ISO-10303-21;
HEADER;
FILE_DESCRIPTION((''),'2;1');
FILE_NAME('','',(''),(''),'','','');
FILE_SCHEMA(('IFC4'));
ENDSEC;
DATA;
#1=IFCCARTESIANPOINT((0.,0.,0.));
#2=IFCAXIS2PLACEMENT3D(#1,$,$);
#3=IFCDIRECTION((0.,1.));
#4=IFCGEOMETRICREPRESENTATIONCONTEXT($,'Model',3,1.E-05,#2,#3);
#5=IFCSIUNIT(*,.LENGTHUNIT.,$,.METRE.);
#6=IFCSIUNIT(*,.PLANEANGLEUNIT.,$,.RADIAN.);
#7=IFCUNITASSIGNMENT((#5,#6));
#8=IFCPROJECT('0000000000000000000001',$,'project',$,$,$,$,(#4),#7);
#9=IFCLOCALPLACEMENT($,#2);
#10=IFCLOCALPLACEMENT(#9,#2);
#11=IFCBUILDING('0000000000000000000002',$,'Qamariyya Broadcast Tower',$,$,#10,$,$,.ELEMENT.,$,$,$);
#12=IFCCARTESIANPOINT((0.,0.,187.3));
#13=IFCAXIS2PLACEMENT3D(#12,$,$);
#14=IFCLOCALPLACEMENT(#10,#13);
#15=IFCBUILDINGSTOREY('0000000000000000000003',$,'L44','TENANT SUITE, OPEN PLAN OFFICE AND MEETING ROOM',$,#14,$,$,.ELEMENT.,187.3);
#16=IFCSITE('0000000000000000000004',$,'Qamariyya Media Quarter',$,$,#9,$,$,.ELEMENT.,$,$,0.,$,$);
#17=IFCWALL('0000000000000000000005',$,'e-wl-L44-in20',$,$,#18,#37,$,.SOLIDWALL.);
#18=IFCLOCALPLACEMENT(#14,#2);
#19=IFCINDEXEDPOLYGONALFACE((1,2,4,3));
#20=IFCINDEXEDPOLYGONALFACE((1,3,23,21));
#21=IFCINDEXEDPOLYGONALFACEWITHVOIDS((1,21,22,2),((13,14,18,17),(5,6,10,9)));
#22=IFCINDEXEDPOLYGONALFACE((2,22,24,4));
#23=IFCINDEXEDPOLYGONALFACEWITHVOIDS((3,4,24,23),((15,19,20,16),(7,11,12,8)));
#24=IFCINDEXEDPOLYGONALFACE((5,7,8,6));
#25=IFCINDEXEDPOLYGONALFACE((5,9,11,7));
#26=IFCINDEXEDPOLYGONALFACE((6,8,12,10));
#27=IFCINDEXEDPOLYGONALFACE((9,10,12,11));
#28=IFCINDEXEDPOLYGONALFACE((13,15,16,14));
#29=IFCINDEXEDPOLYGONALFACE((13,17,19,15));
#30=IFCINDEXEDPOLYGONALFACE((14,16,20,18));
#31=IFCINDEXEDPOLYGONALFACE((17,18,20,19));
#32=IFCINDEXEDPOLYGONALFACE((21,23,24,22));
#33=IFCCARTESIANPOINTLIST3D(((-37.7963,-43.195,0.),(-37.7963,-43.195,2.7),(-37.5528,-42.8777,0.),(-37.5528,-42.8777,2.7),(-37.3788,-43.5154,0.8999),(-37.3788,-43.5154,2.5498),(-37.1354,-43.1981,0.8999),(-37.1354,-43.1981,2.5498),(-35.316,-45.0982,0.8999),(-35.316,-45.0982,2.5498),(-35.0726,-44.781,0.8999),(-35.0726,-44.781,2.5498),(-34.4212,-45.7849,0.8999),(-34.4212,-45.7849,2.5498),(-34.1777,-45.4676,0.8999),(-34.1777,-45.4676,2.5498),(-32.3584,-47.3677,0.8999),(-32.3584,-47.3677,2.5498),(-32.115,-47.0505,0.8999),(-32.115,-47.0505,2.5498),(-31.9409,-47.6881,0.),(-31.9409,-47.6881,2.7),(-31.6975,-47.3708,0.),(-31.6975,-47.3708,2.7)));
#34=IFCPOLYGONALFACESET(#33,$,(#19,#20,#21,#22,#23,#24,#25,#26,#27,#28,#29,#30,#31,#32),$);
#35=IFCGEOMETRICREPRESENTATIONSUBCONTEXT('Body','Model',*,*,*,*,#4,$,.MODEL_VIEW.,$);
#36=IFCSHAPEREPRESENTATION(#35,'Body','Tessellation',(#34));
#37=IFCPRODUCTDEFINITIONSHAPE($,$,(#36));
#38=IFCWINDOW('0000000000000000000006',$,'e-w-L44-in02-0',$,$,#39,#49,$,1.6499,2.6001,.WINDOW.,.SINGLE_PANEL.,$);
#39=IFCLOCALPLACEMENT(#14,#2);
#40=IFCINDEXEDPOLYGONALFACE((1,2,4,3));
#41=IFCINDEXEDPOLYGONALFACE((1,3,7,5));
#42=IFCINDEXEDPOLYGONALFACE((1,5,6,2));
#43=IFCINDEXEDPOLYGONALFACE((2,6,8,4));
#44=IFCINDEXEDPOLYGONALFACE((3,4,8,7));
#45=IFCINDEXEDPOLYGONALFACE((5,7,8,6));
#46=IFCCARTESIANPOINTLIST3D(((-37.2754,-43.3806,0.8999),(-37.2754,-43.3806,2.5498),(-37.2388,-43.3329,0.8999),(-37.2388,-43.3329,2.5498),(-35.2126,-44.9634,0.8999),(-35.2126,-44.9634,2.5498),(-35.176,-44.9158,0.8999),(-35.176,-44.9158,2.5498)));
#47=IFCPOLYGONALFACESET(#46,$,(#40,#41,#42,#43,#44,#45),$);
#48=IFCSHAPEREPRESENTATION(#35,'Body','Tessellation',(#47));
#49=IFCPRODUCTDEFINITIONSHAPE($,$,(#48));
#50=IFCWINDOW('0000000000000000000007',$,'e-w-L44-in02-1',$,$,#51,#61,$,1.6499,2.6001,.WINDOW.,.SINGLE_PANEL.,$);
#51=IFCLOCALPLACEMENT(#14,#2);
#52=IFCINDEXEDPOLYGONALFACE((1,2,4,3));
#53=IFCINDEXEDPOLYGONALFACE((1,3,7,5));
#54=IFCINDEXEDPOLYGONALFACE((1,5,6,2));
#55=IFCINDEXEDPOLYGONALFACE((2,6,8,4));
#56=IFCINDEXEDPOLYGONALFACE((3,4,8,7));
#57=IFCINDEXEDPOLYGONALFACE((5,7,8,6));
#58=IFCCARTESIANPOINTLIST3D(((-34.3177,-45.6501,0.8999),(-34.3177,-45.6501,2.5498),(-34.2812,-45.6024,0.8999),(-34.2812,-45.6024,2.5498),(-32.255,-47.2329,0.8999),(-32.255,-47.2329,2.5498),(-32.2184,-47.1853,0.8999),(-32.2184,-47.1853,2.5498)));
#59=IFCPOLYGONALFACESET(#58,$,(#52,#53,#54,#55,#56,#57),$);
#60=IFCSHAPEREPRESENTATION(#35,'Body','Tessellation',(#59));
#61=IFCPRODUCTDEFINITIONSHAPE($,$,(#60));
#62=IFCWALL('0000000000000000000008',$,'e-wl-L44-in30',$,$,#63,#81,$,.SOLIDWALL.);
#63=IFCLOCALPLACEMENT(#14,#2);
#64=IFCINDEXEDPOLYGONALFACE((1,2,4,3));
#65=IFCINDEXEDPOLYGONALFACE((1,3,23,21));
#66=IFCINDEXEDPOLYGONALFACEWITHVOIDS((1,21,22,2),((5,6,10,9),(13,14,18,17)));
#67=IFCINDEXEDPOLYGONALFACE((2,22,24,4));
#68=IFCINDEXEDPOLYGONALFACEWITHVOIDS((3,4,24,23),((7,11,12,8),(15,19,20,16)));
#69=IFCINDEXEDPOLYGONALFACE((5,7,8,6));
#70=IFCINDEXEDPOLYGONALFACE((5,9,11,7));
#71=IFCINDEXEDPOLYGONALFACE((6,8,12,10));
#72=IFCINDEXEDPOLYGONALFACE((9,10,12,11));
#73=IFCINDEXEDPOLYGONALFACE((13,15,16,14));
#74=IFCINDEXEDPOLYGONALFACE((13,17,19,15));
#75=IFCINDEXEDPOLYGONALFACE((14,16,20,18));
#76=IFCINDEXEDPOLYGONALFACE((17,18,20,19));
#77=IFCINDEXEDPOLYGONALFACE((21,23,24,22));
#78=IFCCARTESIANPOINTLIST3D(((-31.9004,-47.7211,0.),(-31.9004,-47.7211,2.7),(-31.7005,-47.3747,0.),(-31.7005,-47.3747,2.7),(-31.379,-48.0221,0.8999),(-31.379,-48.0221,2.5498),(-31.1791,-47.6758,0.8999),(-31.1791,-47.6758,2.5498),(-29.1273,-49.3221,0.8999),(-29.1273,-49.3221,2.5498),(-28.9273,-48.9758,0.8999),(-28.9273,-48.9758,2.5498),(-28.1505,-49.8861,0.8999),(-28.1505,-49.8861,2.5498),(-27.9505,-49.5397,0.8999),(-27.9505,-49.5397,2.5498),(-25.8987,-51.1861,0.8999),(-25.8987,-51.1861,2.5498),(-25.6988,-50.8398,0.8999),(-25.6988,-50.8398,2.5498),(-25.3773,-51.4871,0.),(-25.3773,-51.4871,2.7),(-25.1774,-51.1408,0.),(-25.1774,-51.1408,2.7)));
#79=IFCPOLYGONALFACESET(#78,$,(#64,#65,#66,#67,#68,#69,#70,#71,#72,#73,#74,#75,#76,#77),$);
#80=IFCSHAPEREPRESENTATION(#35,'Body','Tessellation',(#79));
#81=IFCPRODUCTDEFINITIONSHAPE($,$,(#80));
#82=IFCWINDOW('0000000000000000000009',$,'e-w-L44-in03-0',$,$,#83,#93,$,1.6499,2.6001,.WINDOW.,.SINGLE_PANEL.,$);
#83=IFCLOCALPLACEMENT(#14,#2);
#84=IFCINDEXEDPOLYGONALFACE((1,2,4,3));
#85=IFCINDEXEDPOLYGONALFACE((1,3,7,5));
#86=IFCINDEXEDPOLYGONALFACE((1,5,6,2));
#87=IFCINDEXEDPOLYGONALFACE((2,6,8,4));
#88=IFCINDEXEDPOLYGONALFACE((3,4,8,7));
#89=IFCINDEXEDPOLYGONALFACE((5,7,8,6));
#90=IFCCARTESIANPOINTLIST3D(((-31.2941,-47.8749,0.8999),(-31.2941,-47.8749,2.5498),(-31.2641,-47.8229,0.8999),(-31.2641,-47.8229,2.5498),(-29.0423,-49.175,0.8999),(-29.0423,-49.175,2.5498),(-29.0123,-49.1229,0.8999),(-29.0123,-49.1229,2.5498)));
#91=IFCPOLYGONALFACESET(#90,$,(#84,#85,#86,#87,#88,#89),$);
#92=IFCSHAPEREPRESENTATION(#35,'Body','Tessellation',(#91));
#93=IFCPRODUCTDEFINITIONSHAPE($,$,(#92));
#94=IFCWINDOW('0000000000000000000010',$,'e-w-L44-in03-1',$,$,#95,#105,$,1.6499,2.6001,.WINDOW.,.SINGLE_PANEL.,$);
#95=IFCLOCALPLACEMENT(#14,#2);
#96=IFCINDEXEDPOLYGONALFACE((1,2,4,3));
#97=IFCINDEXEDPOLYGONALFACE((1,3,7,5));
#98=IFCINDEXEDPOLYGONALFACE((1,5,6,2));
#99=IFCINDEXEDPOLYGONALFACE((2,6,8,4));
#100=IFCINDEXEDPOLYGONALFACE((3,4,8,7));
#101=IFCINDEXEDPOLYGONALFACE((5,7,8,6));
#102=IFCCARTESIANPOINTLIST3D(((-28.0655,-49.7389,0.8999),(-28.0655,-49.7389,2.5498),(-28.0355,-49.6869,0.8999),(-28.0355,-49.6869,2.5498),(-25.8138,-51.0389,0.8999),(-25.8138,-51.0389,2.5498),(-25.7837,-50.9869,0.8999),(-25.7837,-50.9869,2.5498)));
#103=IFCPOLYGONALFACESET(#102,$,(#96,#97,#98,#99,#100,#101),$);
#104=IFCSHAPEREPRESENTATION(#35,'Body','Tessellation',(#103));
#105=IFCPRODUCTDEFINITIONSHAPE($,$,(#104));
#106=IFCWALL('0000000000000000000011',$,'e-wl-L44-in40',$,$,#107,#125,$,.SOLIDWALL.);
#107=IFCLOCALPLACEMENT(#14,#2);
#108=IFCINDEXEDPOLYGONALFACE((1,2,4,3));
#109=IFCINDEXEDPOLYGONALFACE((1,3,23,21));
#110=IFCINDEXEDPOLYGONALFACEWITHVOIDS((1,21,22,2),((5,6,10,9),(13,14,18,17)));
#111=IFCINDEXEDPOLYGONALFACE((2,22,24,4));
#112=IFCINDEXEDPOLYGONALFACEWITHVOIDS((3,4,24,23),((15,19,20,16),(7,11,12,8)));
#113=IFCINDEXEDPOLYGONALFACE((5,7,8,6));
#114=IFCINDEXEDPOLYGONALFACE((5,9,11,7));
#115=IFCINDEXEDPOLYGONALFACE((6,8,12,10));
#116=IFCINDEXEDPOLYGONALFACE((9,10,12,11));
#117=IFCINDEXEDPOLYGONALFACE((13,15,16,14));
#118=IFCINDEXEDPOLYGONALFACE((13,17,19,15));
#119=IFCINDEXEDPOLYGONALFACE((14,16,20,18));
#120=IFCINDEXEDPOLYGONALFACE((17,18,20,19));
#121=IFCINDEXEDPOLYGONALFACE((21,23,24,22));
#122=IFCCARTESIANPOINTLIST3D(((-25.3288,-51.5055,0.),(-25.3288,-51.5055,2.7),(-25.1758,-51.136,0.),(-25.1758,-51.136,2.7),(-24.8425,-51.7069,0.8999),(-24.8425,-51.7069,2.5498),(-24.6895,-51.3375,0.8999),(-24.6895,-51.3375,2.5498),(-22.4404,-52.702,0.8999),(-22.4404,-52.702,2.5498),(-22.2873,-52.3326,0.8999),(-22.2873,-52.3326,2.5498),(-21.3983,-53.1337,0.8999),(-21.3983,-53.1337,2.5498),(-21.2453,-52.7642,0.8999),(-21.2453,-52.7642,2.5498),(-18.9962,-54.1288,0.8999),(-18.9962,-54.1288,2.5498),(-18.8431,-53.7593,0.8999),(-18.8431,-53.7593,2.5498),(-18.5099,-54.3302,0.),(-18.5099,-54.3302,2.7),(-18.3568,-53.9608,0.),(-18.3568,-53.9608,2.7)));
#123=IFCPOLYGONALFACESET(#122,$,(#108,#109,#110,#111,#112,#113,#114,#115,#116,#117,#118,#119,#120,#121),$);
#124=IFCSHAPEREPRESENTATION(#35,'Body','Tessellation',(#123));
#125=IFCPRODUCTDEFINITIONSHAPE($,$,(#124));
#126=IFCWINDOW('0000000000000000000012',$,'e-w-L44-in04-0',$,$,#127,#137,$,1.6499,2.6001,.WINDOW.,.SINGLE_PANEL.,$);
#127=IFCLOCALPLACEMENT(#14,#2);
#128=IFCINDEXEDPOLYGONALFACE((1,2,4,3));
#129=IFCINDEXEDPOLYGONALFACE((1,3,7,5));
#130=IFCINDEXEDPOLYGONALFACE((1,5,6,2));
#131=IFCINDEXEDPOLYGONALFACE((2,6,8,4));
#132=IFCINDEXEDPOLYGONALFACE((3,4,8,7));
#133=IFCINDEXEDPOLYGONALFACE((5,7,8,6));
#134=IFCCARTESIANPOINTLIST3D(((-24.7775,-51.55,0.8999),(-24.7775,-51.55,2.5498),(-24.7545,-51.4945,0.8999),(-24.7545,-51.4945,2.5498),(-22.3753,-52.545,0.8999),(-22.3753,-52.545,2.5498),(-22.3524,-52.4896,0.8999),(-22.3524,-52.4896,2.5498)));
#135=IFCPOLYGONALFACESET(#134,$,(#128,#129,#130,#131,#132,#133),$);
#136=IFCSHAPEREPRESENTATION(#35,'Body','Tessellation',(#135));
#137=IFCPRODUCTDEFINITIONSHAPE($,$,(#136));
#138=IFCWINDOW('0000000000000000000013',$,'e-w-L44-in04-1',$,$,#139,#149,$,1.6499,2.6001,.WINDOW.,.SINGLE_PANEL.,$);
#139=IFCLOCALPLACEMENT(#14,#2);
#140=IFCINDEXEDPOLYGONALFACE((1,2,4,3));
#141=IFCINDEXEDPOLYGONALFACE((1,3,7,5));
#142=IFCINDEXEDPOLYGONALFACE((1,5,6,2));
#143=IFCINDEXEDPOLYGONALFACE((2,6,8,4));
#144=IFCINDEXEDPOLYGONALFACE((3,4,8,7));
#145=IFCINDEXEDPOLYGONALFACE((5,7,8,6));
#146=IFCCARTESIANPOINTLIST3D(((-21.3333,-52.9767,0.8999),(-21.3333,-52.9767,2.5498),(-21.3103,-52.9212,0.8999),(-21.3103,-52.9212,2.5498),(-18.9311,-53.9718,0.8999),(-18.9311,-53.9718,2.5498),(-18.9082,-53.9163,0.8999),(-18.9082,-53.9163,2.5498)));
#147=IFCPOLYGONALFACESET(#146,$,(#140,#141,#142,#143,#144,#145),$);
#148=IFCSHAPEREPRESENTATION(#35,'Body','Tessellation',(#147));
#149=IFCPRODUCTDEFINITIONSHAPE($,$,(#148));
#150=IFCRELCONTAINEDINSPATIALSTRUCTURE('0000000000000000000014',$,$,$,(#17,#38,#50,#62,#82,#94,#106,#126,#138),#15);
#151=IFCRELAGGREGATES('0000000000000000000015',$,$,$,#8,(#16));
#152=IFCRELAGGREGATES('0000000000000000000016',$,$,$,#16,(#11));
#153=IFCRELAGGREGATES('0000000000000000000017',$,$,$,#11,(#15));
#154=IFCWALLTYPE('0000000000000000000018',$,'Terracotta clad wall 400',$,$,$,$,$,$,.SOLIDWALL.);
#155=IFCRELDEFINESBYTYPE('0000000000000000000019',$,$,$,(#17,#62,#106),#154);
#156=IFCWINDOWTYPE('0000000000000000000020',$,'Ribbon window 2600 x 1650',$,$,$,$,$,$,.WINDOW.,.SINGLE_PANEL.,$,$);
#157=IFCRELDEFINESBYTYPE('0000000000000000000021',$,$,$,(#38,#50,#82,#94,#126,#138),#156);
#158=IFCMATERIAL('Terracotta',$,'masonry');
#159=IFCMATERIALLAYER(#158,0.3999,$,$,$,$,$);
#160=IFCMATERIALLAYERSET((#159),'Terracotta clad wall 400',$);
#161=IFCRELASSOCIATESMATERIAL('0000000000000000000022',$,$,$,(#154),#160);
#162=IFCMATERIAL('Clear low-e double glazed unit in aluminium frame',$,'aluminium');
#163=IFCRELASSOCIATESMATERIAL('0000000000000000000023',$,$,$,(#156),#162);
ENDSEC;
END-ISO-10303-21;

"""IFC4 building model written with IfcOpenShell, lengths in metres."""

from ifc_helpers import new_model, si_unit, direction, frame, frame_2d, origin, place, context, subcontext, project, spatial, rectangle, extrude, material, layer, layer_set, type_object, element, fill, save


model = new_model("IFC4")

# Units and contexts
model_context = context("Model", 3, precision=1e-05, world=origin(), true_north=direction((0.0, 1.0)))
body_context = subcontext(model_context, "Body", "Model", "MODEL_VIEW")
ifc_project = project(units=[si_unit("LENGTHUNIT", "METRE"), si_unit("PLANEANGLEUNIT", "RADIAN")], contexts=[model_context])

# Site, building, storey
site_placement = place(None, origin())
site = spatial("IfcSite", under=ifc_project, at=site_placement, Name="Qamariyya Media Quarter", CompositionType="ELEMENT", RefElevation=0.0)
building_placement = place(site_placement, origin())
building = spatial("IfcBuilding", under=site, at=building_placement, Name="Qamariyya Broadcast Tower", CompositionType="ELEMENT")
storey_placement = place(building_placement, frame((0.0, 0.0, 187.3)))
storey = spatial("IfcBuildingStorey", under=building, at=storey_placement, Name="L44", Description="TENANT SUITE, OPEN PLAN OFFICE AND MEETING ROOM", CompositionType="ELEMENT", Elevation=187.3)

# Walls, openings, windows
ifc_material_1 = material(Name="Terracotta", Category="masonry")
ifc_layer_1 = layer(ifc_material_1, 0.3999)
ifc_layer_set_1 = layer_set([ifc_layer_1], Name="Terracotta clad wall 400")
wall_type_1 = type_object("IfcWallType", Name="Terracotta clad wall 400", PredefinedType="SOLIDWALL", material=ifc_layer_set_1)
wall_1_placement = place(storey_placement, frame((-31.8191, -47.5295, 0.0), z_axis=(0.0, 0.0, 1.0), x_axis=(-0.793346, 0.60877, 0.0)))
wall_1 = element("IfcWall", 1, at=wall_1_placement, inside=storey, type_object=wall_type_1, Name="e-wl-L44-in20", PredefinedType="SOLIDWALL", context=body_context, shape_type="SweptSolid", body=[
    extrude(rectangle(XDim=7.3806, YDim=0.3999, at=frame_2d((3.6904, 0.0))), origin(), (0.0, 0.0, 1.0), 2.7),
])
opening_1_placement = place(wall_1_placement, frame((4.2544, 0.0, 0.8999)))
opening_1 = element("IfcOpeningElement", 2, at=opening_1_placement, cuts=wall_1, PredefinedType="OPENING", context=body_context, shape_type="SweptSolid", body=[
    extrude(rectangle(XDim=2.6001, YDim=1.6499, at=frame_2d((1.3, 0.825))), frame((0.0, 0.21, 0.0), z_axis=(0.0, -1.0, 0.0), x_axis=(1.0, 0.0, 0.0)), (0.0, 0.0, 1.0), 0.4199),
])
opening_2_placement = place(wall_1_placement, frame((0.5264, 0.0, 0.8999)))
opening_2 = element("IfcOpeningElement", 3, at=opening_2_placement, cuts=wall_1, PredefinedType="OPENING", context=body_context, shape_type="SweptSolid", body=[
    extrude(rectangle(XDim=2.6001, YDim=1.6499, at=frame_2d((1.3, 0.825))), frame((0.0, 0.21, 0.0), z_axis=(0.0, -1.0, 0.0), x_axis=(1.0, 0.0, 0.0)), (0.0, 0.0, 1.0), 0.4199),
])
ifc_material_2 = material(Name="Clear low-e double glazed unit in aluminium frame", Category="aluminium")
window_type = type_object("IfcWindowType", Name="Ribbon window 2600 x 1650", PartitioningType="SINGLE_PANEL", PredefinedType="WINDOW", material=ifc_material_2)
window_1_placement = place(opening_1_placement, origin())
window_1 = element("IfcWindow", 4, at=window_1_placement, inside=storey, type_object=window_type, Name="e-w-L44-in02-0", OverallHeight=1.6499, OverallWidth=2.6001, PartitioningType="SINGLE_PANEL", PredefinedType="WINDOW", context=body_context, shape_type="SweptSolid", body=[
    extrude(rectangle(XDim=2.6001, YDim=1.6499, at=frame_2d((1.3, 0.825))), frame((0.0, 0.03, 0.0), z_axis=(0.0, -1.0, 0.0), x_axis=(1.0, 0.0, 0.0)), (0.0, 0.0, 1.0), 0.0601),
])
fill(opening_1, window_1)
window_2_placement = place(opening_2_placement, origin())
window_2 = element("IfcWindow", 5, at=window_2_placement, inside=storey, type_object=window_type, Name="e-w-L44-in02-1", OverallHeight=1.6499, OverallWidth=2.6001, PartitioningType="SINGLE_PANEL", PredefinedType="WINDOW", context=body_context, shape_type="SweptSolid", body=[
    extrude(rectangle(XDim=2.6001, YDim=1.6499, at=frame_2d((1.3, 0.825))), frame((0.0, 0.03, 0.0), z_axis=(0.0, -1.0, 0.0), x_axis=(1.0, 0.0, 0.0)), (0.0, 0.0, 1.0), 0.0601),
])
fill(opening_2, window_2)
wall_2_placement = place(storey_placement, frame((-25.2773, -51.314, 0.0), z_axis=(0.0, 0.0, 1.0), x_axis=(-0.866029, 0.499995, 0.0)))
wall_2 = element("IfcWall", 6, at=wall_2_placement, inside=storey, type_object=wall_type_1, Name="e-wl-L44-in30", PredefinedType="SOLIDWALL", context=body_context, shape_type="SweptSolid", body=[
    extrude(rectangle(XDim=7.5322, YDim=0.3999, at=frame_2d((3.7661, 0.0))), origin(), (0.0, 0.0, 1.0), 2.7),
])
opening_3_placement = place(wall_2_placement, frame((4.3301, 0.0, 0.8999)))
opening_3 = element("IfcOpeningElement", 7, at=opening_3_placement, cuts=wall_2, PredefinedType="OPENING", context=body_context, shape_type="SweptSolid", body=[
    extrude(rectangle(XDim=2.6001, YDim=1.6499, at=frame_2d((1.3, 0.825))), frame((0.0, 0.21, 0.0), z_axis=(0.0, -1.0, 0.0), x_axis=(1.0, 0.0, 0.0)), (0.0, 0.0, 1.0), 0.4199),
])
opening_4_placement = place(wall_2_placement, frame((0.6021, 0.0, 0.8999)))
opening_4 = element("IfcOpeningElement", 8, at=opening_4_placement, cuts=wall_2, PredefinedType="OPENING", context=body_context, shape_type="SweptSolid", body=[
    extrude(rectangle(XDim=2.6001, YDim=1.6499, at=frame_2d((1.3, 0.825))), frame((0.0, 0.21, 0.0), z_axis=(0.0, -1.0, 0.0), x_axis=(1.0, 0.0, 0.0)), (0.0, 0.0, 1.0), 0.4199),
])
window_3_placement = place(opening_3_placement, origin())
window_3 = element("IfcWindow", 9, at=window_3_placement, inside=storey, type_object=window_type, Name="e-w-L44-in03-0", OverallHeight=1.6499, OverallWidth=2.6001, PartitioningType="SINGLE_PANEL", PredefinedType="WINDOW", context=body_context, shape_type="SweptSolid", body=[
    extrude(rectangle(XDim=2.6001, YDim=1.6499, at=frame_2d((1.3, 0.825))), frame((0.0, 0.03, 0.0), z_axis=(0.0, -1.0, 0.0), x_axis=(1.0, 0.0, 0.0)), (0.0, 0.0, 1.0), 0.0601),
])
fill(opening_3, window_3)
window_4_placement = place(opening_4_placement, origin())
window_4 = element("IfcWindow", 10, at=window_4_placement, inside=storey, type_object=window_type, Name="e-w-L44-in03-1", OverallHeight=1.6499, OverallWidth=2.6001, PartitioningType="SINGLE_PANEL", PredefinedType="WINDOW", context=body_context, shape_type="SweptSolid", body=[
    extrude(rectangle(XDim=2.6001, YDim=1.6499, at=frame_2d((1.3, 0.825))), frame((0.0, 0.03, 0.0), z_axis=(0.0, -1.0, 0.0), x_axis=(1.0, 0.0, 0.0)), (0.0, 0.0, 1.0), 0.0601),
])
fill(opening_4, window_4)
wall_3_placement = place(storey_placement, frame((-18.4333, -54.1455, 0.0), z_axis=(0.0, 0.0, 1.0), x_axis=(-0.923868, 0.382712, 0.0)))
wall_3 = element("IfcWall", 11, at=wall_3_placement, inside=storey, type_object=wall_type_1, Name="e-wl-L44-in40", PredefinedType="SOLIDWALL", context=body_context, shape_type="SweptSolid", body=[
    extrude(rectangle(XDim=7.3809, YDim=0.3999, at=frame_2d((3.6904, 0.0))), origin(), (0.0, 0.0, 1.0), 2.7),
])
opening_5_placement = place(wall_3_placement, frame((4.2544, 0.0, 0.8999)))
opening_5 = element("IfcOpeningElement", 12, at=opening_5_placement, cuts=wall_3, PredefinedType="OPENING", context=body_context, shape_type="SweptSolid", body=[
    extrude(rectangle(XDim=2.6001, YDim=1.6499, at=frame_2d((1.3, 0.825))), frame((0.0, 0.21, 0.0), z_axis=(0.0, -1.0, 0.0), x_axis=(1.0, 0.0, 0.0)), (0.0, 0.0, 1.0), 0.4199),
])
opening_6_placement = place(wall_3_placement, frame((0.5264, 0.0, 0.8999)))
opening_6 = element("IfcOpeningElement", 13, at=opening_6_placement, cuts=wall_3, PredefinedType="OPENING", context=body_context, shape_type="SweptSolid", body=[
    extrude(rectangle(XDim=2.6001, YDim=1.6499, at=frame_2d((1.3, 0.825))), frame((0.0, 0.21, 0.0), z_axis=(0.0, -1.0, 0.0), x_axis=(1.0, 0.0, 0.0)), (0.0, 0.0, 1.0), 0.4199),
])
window_5_placement = place(opening_5_placement, origin())
window_5 = element("IfcWindow", 14, at=window_5_placement, inside=storey, type_object=window_type, Name="e-w-L44-in04-0", OverallHeight=1.6499, OverallWidth=2.6001, PartitioningType="SINGLE_PANEL", PredefinedType="WINDOW", context=body_context, shape_type="SweptSolid", body=[
    extrude(rectangle(XDim=2.6001, YDim=1.6499, at=frame_2d((1.3, 0.825))), frame((0.0, 0.03, 0.0), z_axis=(0.0, -1.0, 0.0), x_axis=(1.0, 0.0, 0.0)), (0.0, 0.0, 1.0), 0.0601),
])
fill(opening_5, window_5)
window_6_placement = place(opening_6_placement, origin())
window_6 = element("IfcWindow", 15, at=window_6_placement, inside=storey, type_object=window_type, Name="e-w-L44-in04-1", OverallHeight=1.6499, OverallWidth=2.6001, PartitioningType="SINGLE_PANEL", PredefinedType="WINDOW", context=body_context, shape_type="SweptSolid", body=[
    extrude(rectangle(XDim=2.6001, YDim=1.6499, at=frame_2d((1.3, 0.825))), frame((0.0, 0.03, 0.0), z_axis=(0.0, -1.0, 0.0), x_axis=(1.0, 0.0, 0.0)), (0.0, 0.0, 1.0), 0.0601),
])
fill(opening_6, window_6)

save(model, "model.ifc")
